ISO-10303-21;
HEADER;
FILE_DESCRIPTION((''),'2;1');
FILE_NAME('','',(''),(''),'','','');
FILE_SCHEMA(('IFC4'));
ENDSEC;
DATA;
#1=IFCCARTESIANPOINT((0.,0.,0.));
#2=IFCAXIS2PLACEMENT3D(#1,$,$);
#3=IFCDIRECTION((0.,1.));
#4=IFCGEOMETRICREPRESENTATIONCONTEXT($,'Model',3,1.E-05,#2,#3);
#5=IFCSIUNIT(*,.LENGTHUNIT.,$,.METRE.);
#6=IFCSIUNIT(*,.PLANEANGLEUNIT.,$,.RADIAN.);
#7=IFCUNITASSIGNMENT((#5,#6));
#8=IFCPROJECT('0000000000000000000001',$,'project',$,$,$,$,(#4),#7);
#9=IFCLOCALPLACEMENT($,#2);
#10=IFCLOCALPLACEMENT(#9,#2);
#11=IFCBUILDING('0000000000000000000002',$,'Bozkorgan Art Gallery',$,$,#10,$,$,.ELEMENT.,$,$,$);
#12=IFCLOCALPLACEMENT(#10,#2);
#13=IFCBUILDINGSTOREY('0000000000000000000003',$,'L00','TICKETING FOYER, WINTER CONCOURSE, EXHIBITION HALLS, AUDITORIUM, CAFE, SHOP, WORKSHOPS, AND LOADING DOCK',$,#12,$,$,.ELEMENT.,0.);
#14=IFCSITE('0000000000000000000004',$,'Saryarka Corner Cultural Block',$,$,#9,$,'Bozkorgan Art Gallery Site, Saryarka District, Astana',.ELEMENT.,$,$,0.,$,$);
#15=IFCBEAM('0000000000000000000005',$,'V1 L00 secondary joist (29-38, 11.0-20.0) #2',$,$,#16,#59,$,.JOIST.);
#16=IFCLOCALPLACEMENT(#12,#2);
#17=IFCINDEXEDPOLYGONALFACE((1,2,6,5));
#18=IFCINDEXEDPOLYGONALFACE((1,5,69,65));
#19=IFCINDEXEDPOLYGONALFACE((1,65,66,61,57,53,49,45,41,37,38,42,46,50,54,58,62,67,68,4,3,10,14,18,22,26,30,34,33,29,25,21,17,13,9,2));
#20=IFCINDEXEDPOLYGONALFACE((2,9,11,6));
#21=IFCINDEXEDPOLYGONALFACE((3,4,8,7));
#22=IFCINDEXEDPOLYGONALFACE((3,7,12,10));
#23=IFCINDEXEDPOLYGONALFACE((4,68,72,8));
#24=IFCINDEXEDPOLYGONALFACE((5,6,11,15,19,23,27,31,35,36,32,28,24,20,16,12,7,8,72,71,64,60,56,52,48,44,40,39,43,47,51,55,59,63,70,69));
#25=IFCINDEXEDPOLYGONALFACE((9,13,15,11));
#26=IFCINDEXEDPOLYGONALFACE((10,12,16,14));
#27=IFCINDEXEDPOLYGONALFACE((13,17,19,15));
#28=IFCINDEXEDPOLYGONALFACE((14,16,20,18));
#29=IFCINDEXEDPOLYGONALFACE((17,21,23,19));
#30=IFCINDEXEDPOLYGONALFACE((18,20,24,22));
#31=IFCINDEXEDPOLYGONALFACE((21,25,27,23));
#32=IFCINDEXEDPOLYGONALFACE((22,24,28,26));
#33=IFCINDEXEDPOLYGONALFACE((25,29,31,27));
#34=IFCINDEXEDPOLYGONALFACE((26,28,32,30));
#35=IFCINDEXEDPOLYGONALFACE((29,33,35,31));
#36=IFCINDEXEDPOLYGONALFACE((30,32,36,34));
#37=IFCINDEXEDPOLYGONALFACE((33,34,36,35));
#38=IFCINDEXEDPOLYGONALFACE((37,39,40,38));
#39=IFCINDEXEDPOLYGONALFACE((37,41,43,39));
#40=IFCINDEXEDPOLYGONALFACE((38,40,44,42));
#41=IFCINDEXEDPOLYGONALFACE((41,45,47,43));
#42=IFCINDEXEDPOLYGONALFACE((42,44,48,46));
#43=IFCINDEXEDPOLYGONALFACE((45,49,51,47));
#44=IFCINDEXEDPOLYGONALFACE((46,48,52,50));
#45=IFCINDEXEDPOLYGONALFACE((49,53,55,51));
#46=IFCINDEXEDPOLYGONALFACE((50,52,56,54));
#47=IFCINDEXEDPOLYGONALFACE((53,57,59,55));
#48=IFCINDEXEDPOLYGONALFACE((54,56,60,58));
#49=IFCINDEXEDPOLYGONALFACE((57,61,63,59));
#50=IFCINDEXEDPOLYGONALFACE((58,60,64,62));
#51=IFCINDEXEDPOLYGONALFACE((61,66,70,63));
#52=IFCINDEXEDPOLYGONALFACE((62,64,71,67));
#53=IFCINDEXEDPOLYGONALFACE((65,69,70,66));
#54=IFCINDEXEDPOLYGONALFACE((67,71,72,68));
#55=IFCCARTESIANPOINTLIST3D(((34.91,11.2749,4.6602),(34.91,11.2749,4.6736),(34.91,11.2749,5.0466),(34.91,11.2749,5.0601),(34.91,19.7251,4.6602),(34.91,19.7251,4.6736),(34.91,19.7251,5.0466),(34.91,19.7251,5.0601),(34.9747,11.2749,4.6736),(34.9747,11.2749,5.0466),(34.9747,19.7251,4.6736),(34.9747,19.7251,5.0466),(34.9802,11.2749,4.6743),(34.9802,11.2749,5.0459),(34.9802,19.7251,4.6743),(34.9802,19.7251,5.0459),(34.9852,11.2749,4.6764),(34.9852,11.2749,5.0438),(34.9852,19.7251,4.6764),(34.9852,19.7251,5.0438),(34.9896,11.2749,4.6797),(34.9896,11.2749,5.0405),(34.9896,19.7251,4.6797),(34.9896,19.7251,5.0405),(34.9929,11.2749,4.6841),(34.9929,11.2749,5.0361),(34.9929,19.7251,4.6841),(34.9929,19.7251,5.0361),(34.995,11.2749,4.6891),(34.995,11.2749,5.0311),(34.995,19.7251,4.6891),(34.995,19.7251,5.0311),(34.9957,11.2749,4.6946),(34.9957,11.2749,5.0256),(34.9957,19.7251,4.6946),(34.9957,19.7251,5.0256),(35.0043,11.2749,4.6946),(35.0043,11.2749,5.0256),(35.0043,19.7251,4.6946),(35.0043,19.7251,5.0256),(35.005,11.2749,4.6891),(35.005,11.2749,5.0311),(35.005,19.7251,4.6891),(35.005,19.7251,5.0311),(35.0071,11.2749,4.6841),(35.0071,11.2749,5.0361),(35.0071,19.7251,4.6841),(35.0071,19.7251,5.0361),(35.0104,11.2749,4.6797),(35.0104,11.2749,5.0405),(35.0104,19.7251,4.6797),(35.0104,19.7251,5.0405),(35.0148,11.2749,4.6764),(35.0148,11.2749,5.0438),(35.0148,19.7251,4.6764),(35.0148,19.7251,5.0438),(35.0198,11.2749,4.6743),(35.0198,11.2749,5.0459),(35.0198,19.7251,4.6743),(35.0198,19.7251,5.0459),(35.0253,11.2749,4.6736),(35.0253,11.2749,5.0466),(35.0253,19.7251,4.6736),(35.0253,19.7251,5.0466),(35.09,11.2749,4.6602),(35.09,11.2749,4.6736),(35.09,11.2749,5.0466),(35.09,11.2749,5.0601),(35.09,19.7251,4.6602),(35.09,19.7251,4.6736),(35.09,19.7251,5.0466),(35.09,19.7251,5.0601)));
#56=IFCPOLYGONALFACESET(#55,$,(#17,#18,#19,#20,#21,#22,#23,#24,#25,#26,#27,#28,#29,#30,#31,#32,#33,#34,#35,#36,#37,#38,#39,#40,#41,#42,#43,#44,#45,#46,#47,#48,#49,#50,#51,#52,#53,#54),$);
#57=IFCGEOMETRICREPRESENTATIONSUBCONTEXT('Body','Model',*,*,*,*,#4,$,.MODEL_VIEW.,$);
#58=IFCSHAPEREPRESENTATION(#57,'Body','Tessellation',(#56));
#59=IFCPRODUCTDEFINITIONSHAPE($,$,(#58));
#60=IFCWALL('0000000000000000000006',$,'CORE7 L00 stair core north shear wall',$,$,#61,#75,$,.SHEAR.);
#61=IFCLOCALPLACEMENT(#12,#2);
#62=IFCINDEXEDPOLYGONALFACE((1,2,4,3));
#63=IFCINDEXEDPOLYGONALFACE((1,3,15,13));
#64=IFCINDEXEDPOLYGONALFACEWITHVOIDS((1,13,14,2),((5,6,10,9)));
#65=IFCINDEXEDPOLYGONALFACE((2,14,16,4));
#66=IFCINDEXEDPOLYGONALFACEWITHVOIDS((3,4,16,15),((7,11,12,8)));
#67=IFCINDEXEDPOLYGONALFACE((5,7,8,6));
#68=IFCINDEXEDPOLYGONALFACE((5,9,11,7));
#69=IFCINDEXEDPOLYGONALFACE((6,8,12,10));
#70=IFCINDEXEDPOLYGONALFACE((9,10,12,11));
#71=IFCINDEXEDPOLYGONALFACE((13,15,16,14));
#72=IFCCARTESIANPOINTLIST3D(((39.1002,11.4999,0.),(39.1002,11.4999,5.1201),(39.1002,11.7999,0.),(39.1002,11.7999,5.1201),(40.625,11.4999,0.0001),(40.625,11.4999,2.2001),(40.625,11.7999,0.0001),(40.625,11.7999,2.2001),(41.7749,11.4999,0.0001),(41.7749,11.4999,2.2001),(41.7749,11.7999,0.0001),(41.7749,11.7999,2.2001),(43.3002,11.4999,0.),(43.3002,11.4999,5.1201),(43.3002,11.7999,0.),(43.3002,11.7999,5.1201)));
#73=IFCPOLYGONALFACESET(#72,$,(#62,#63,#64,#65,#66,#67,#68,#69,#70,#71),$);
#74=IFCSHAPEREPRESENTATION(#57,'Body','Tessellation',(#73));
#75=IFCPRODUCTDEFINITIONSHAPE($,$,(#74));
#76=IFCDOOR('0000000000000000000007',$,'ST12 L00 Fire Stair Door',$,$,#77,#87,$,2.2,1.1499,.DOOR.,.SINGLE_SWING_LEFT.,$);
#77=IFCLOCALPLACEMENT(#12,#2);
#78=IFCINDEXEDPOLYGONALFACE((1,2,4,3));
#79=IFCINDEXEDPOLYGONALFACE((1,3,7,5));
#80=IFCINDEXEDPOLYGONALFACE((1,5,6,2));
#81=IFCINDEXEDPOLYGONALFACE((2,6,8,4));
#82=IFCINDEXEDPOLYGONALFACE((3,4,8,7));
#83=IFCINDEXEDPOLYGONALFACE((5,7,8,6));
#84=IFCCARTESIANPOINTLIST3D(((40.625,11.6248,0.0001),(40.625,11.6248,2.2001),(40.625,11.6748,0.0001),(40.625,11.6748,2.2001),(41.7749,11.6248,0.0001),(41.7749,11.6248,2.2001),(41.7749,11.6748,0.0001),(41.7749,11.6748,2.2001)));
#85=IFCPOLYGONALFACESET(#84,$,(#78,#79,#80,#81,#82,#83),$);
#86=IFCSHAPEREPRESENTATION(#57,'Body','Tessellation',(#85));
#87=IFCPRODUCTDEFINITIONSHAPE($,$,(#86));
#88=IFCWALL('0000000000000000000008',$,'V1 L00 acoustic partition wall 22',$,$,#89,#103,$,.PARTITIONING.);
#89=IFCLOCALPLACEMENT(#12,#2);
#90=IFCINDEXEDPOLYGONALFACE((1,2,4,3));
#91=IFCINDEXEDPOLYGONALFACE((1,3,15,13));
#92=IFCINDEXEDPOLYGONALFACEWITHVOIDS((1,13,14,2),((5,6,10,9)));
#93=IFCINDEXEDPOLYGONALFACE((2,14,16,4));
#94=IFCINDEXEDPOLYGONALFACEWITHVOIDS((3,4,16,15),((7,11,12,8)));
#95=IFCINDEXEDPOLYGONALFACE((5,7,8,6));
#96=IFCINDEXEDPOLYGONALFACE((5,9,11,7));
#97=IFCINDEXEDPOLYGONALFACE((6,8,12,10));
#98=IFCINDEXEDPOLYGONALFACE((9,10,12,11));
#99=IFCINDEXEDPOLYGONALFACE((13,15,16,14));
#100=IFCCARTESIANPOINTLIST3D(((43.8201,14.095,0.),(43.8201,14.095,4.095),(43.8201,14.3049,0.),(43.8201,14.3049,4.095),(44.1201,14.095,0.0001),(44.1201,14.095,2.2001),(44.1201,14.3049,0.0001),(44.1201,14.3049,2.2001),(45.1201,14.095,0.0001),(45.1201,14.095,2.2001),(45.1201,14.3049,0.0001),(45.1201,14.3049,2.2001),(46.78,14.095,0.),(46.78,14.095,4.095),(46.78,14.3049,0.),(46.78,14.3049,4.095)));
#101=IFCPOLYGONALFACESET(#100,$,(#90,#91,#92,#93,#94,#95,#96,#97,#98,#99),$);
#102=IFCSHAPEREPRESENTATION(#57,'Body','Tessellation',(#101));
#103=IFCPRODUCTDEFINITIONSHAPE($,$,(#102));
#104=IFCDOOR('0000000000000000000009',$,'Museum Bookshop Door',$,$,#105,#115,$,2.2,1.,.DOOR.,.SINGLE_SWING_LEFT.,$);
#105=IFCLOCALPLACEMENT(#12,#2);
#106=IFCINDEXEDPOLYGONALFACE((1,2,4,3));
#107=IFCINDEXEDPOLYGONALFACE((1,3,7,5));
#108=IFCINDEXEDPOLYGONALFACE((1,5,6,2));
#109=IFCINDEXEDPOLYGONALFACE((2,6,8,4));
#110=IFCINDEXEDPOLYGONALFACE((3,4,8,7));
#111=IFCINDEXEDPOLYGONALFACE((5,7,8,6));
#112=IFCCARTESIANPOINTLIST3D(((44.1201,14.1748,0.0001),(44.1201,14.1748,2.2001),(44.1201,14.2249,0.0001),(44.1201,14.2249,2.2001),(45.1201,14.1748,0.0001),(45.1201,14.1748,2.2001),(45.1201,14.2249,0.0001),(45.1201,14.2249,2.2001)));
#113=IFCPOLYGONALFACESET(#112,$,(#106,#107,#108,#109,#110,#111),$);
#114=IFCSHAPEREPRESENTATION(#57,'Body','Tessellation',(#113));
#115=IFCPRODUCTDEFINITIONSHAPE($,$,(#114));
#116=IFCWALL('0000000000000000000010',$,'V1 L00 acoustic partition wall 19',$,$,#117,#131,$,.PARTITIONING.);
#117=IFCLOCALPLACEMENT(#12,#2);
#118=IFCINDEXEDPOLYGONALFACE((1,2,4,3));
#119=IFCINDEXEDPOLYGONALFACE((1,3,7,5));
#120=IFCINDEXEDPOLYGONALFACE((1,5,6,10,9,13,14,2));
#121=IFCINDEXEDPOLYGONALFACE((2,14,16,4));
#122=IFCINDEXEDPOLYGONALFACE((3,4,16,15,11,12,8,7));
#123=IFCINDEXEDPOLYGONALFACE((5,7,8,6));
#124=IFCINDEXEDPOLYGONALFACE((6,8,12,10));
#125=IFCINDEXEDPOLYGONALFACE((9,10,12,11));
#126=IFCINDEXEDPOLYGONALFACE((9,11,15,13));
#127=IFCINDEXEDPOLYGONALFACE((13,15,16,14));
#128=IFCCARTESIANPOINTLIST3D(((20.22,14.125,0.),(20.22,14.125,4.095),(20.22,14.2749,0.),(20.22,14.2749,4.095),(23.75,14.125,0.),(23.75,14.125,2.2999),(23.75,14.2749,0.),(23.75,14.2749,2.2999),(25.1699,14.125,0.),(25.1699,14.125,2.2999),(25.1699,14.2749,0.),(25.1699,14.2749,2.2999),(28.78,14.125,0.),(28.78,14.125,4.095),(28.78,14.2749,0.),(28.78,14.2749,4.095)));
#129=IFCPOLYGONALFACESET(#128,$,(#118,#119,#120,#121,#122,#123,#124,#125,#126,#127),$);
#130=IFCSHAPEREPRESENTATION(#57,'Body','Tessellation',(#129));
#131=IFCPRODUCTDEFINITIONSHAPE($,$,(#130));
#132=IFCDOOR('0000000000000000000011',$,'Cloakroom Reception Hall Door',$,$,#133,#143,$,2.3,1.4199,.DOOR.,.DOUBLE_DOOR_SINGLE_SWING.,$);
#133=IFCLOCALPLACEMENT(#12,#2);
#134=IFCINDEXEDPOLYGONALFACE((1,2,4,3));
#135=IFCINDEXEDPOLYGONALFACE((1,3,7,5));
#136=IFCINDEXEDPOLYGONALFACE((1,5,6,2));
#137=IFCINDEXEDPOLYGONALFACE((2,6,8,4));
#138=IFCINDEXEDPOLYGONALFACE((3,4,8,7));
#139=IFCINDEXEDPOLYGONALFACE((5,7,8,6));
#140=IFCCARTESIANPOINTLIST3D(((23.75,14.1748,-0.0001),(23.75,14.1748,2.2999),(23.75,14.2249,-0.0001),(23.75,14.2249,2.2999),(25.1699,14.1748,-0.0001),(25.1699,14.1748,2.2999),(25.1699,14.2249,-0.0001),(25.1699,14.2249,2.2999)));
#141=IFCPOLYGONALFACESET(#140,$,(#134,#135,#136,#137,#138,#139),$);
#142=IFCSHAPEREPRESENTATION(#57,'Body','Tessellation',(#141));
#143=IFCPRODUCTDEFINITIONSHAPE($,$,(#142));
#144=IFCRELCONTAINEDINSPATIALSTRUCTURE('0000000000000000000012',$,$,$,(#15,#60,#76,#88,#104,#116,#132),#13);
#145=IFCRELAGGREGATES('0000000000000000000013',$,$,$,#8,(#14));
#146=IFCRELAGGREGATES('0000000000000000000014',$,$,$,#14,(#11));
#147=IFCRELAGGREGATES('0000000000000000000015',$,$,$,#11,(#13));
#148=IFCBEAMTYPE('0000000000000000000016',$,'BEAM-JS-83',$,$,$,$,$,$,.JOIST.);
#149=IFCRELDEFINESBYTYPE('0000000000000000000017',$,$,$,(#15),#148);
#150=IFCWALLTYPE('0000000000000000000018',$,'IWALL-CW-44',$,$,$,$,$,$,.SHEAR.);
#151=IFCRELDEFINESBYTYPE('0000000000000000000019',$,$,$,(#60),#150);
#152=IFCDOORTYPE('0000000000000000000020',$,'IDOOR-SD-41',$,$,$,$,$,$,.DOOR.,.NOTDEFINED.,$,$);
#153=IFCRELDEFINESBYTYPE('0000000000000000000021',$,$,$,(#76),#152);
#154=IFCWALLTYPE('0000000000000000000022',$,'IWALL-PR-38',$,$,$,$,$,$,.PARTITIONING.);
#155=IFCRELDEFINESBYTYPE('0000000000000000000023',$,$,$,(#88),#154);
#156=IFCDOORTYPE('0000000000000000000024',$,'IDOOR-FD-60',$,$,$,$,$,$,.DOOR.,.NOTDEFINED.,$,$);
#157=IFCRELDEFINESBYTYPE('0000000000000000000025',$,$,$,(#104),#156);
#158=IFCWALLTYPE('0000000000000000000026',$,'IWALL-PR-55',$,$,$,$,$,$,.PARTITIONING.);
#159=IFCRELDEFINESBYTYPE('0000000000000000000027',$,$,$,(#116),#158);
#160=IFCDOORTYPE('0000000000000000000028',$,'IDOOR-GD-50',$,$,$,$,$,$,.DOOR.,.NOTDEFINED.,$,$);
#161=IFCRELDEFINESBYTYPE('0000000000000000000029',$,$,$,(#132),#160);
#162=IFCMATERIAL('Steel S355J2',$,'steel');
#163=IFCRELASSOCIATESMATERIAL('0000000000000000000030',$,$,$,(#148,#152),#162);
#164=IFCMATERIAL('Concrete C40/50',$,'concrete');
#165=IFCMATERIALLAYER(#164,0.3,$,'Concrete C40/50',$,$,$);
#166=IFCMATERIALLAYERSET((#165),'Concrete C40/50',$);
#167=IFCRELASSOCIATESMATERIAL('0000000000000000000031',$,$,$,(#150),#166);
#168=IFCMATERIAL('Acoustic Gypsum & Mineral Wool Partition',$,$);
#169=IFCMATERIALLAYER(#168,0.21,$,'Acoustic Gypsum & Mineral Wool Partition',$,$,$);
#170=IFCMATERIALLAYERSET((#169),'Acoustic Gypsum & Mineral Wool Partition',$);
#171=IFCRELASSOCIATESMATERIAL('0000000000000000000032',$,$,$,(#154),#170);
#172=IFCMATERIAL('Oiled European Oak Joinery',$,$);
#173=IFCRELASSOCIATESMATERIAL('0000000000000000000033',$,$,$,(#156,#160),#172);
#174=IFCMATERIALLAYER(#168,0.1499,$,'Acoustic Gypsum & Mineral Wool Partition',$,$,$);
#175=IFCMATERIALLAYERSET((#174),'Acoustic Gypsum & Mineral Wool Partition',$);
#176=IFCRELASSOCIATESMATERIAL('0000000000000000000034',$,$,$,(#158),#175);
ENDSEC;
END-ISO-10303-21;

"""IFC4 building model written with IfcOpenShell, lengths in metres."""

from ifc_helpers import new_model, si_unit, direction, frame, frame_2d, origin, origin_2d, place, context, subcontext, project, spatial, rectangle, i_section, extrude, material, layer, layer_set, material_profile, profile_set, type_object, element, fill, save


model = new_model("IFC4")

# Units and contexts
model_context = context("Model", 3, precision=1e-05, world=origin(), true_north=direction((0.0, 1.0)))
body_context = subcontext(model_context, "Body", "Model", "MODEL_VIEW")
ifc_project = project(units=[si_unit("LENGTHUNIT", "METRE"), si_unit("PLANEANGLEUNIT", "RADIAN")], contexts=[model_context])

# Site, building, storey
site_placement = place(None, origin())
site = spatial("IfcSite", under=ifc_project, at=site_placement, Name="Saryarka Corner Cultural Block", LongName="Bozkorgan Art Gallery Site, Saryarka District, Astana", CompositionType="ELEMENT", RefElevation=0.0)
building_placement = place(site_placement, origin())
building = spatial("IfcBuilding", under=site, at=building_placement, Name="Bozkorgan Art Gallery", CompositionType="ELEMENT")
storey_placement = place(building_placement, origin())
storey = spatial("IfcBuildingStorey", under=building, at=storey_placement, Name="L00", Description="TICKETING FOYER, WINTER CONCOURSE, EXHIBITION HALLS, AUDITORIUM, CAFE, SHOP, WORKSHOPS, AND LOADING DOCK", CompositionType="ELEMENT", Elevation=0.0)

# Shared definitions
ifc_material_1 = material(Name="Concrete C40/50", Category="concrete")

# Beam
ifc_material_2 = material(Name="Steel S355J2", Category="steel")
ifc_material_profile_1 = material_profile(ifc_material_2, i_section(OverallWidth=0.1799, OverallDepth=0.3999, WebThickness=0.0085, FlangeThickness=0.0134, FilletRadius=0.021, at=origin_2d()), Name="IPE 400")
ifc_profile_set_1 = profile_set([ifc_material_profile_1], Name="Steel S355J2")
beam_type_1 = type_object("IfcBeamType", Name="BEAM-JS-83", PredefinedType="JOIST", material=ifc_profile_set_1)
for number, where, z_axis, x_axis, name in (
    (1, (35.0, 11.2749, 4.8601), (0.0, 1.0, 0.0), (-1.0, 0.0, 0.0), "V1 L00 secondary joist (29-38, 11.0-20.0) #2"),
):
    element("IfcBeam", number, at=place(storey_placement, frame(where, z_axis=z_axis, x_axis=x_axis)), inside=storey, type_object=beam_type_1, Name=name, PredefinedType="JOIST", context=body_context, shape_type="SweptSolid", body=[
        extrude(i_section(OverallWidth=0.1799, OverallDepth=0.3999, WebThickness=0.0085, FlangeThickness=0.0134, FilletRadius=0.021, at=origin_2d()), origin(), (0.0, 0.0, 1.0), 8.4502),
    ])

# Walls, openings, doors
ifc_layer_1 = layer(ifc_material_1, 0.3, Name="Concrete C40/50")
ifc_layer_set_1 = layer_set([ifc_layer_1], Name="Concrete C40/50")
wall_type_1 = type_object("IfcWallType", Name="IWALL-CW-44", PredefinedType="SHEAR", material=ifc_layer_set_1)
wall_1_placement = place(storey_placement, frame((39.1001, 11.6499, 0.0), z_axis=(0.0, 0.0, 1.0), x_axis=(1.0, 0.0, 0.0)))
wall_1 = element("IfcWall", 2, at=wall_1_placement, inside=storey, type_object=wall_type_1, Name="CORE7 L00 stair core north shear wall", PredefinedType="SHEAR", context=body_context, shape_type="SweptSolid", body=[
    extrude(rectangle(XDim=4.2, YDim=0.3, at=frame_2d((2.1001, 0.0))), origin(), (0.0, 0.0, 1.0), 5.1201),
])
opening_1_placement = place(wall_1_placement, frame((1.5249, 0.0, 0.0)))
opening_1 = element("IfcOpeningElement", 3, at=opening_1_placement, cuts=wall_1, PredefinedType="OPENING", context=body_context, shape_type="SweptSolid", body=[
    extrude(rectangle(XDim=1.1499, YDim=2.2, at=frame_2d((0.575, 1.1001))), frame((0.0, 0.1602, 0.0), z_axis=(0.0, -1.0, 0.0), x_axis=(1.0, 0.0, 0.0)), (0.0, 0.0, 1.0), 0.3201),
])
door_type_1 = type_object("IfcDoorType", Name="IDOOR-SD-41", OperationType="NOTDEFINED", PredefinedType="DOOR", material=ifc_material_2)
door_1_placement = place(opening_1_placement, origin())
door_1 = element("IfcDoor", 4, at=door_1_placement, inside=storey, type_object=door_type_1, Name="ST12 L00 Fire Stair Door", OperationType="SINGLE_SWING_LEFT", OverallHeight=2.2, OverallWidth=1.1499, PredefinedType="DOOR", context=body_context, shape_type="SweptSolid", body=[
    extrude(rectangle(XDim=1.1499, YDim=2.2, at=frame_2d((0.575, 1.1001))), frame((0.0, 0.0249, 0.0), z_axis=(0.0, -1.0, 0.0), x_axis=(1.0, 0.0, 0.0)), (0.0, 0.0, 1.0), 0.05),
])
fill(opening_1, door_1)
ifc_material_3 = material(Name="Acoustic Gypsum & Mineral Wool Partition")
ifc_layer_2 = layer(ifc_material_3, 0.21, Name="Acoustic Gypsum & Mineral Wool Partition")
ifc_layer_set_2 = layer_set([ifc_layer_2], Name="Acoustic Gypsum & Mineral Wool Partition")
wall_type_2 = type_object("IfcWallType", Name="IWALL-PR-38", PredefinedType="PARTITIONING", material=ifc_layer_set_2)
wall_2_placement = place(storey_placement, frame((43.8201, 14.2, 0.0), z_axis=(0.0, 0.0, 1.0), x_axis=(1.0, 0.0, 0.0)))
wall_2 = element("IfcWall", 5, at=wall_2_placement, inside=storey, type_object=wall_type_2, Name="V1 L00 acoustic partition wall 22", PredefinedType="PARTITIONING", context=body_context, shape_type="SweptSolid", body=[
    extrude(rectangle(XDim=2.96, YDim=0.21, at=frame_2d((1.48, 0.0))), origin(), (0.0, 0.0, 1.0), 4.095),
])
opening_2_placement = place(wall_2_placement, frame((0.3, 0.0, 0.0)))
opening_2 = element("IfcOpeningElement", 6, at=opening_2_placement, cuts=wall_2, PredefinedType="OPENING", context=body_context, shape_type="SweptSolid", body=[
    extrude(rectangle(XDim=1.0, YDim=2.2, at=frame_2d((0.5, 1.1001))), frame((0.0, 0.115, 0.0), z_axis=(0.0, -1.0, 0.0), x_axis=(1.0, 0.0, 0.0)), (0.0, 0.0, 1.0), 0.23),
])
ifc_material_4 = material(Name="Oiled European Oak Joinery")
door_type_2 = type_object("IfcDoorType", Name="IDOOR-FD-60", OperationType="NOTDEFINED", PredefinedType="DOOR", material=ifc_material_4)
door_2_placement = place(opening_2_placement, origin())
door_2 = element("IfcDoor", 7, at=door_2_placement, inside=storey, type_object=door_type_2, Name="Museum Bookshop Door", OperationType="SINGLE_SWING_LEFT", OverallHeight=2.2, OverallWidth=1.0, PredefinedType="DOOR", context=body_context, shape_type="SweptSolid", body=[
    extrude(rectangle(XDim=1.0, YDim=2.2, at=frame_2d((0.5, 1.1001))), frame((0.0, 0.0249, 0.0), z_axis=(0.0, -1.0, 0.0), x_axis=(1.0, 0.0, 0.0)), (0.0, 0.0, 1.0), 0.05),
])
fill(opening_2, door_2)
ifc_layer_3 = layer(ifc_material_3, 0.1499, Name="Acoustic Gypsum & Mineral Wool Partition")
ifc_layer_set_3 = layer_set([ifc_layer_3], Name="Acoustic Gypsum & Mineral Wool Partition")
wall_type_3 = type_object("IfcWallType", Name="IWALL-PR-55", PredefinedType="PARTITIONING", material=ifc_layer_set_3)
wall_3_placement = place(storey_placement, frame((20.22, 14.2, 0.0), z_axis=(0.0, 0.0, 1.0), x_axis=(1.0, 0.0, 0.0)))
wall_3 = element("IfcWall", 8, at=wall_3_placement, inside=storey, type_object=wall_type_3, Name="V1 L00 acoustic partition wall 19", PredefinedType="PARTITIONING", context=body_context, shape_type="SweptSolid", body=[
    extrude(rectangle(XDim=8.5601, YDim=0.1499, at=frame_2d((4.28, 0.0))), origin(), (0.0, 0.0, 1.0), 4.095),
])
opening_3_placement = place(wall_3_placement, frame((3.53, 0.0, 0.0)))
opening_3 = element("IfcOpeningElement", 9, at=opening_3_placement, cuts=wall_3, PredefinedType="OPENING", context=body_context, shape_type="SweptSolid", body=[
    extrude(rectangle(XDim=1.4199, YDim=2.3, at=frame_2d((0.71, 1.1499))), frame((0.0, 0.085, 0.0), z_axis=(0.0, -1.0, 0.0), x_axis=(1.0, 0.0, 0.0)), (0.0, 0.0, 1.0), 0.1699),
])
door_type_3 = type_object("IfcDoorType", Name="IDOOR-GD-50", OperationType="NOTDEFINED", PredefinedType="DOOR", material=ifc_material_4)
door_3_placement = place(opening_3_placement, origin())
door_3 = element("IfcDoor", 10, at=door_3_placement, inside=storey, type_object=door_type_3, Name="Cloakroom Reception Hall Door", OperationType="DOUBLE_DOOR_SINGLE_SWING", OverallHeight=2.3, OverallWidth=1.4199, PredefinedType="DOOR", context=body_context, shape_type="SweptSolid", body=[
    extrude(rectangle(XDim=1.4199, YDim=2.3, at=frame_2d((0.71, 1.1499))), frame((0.0, 0.0249, 0.0), z_axis=(0.0, -1.0, 0.0), x_axis=(1.0, 0.0, 0.0)), (0.0, 0.0, 1.0), 0.05),
])
fill(opening_3, door_3)

save(model, "model.ifc")
